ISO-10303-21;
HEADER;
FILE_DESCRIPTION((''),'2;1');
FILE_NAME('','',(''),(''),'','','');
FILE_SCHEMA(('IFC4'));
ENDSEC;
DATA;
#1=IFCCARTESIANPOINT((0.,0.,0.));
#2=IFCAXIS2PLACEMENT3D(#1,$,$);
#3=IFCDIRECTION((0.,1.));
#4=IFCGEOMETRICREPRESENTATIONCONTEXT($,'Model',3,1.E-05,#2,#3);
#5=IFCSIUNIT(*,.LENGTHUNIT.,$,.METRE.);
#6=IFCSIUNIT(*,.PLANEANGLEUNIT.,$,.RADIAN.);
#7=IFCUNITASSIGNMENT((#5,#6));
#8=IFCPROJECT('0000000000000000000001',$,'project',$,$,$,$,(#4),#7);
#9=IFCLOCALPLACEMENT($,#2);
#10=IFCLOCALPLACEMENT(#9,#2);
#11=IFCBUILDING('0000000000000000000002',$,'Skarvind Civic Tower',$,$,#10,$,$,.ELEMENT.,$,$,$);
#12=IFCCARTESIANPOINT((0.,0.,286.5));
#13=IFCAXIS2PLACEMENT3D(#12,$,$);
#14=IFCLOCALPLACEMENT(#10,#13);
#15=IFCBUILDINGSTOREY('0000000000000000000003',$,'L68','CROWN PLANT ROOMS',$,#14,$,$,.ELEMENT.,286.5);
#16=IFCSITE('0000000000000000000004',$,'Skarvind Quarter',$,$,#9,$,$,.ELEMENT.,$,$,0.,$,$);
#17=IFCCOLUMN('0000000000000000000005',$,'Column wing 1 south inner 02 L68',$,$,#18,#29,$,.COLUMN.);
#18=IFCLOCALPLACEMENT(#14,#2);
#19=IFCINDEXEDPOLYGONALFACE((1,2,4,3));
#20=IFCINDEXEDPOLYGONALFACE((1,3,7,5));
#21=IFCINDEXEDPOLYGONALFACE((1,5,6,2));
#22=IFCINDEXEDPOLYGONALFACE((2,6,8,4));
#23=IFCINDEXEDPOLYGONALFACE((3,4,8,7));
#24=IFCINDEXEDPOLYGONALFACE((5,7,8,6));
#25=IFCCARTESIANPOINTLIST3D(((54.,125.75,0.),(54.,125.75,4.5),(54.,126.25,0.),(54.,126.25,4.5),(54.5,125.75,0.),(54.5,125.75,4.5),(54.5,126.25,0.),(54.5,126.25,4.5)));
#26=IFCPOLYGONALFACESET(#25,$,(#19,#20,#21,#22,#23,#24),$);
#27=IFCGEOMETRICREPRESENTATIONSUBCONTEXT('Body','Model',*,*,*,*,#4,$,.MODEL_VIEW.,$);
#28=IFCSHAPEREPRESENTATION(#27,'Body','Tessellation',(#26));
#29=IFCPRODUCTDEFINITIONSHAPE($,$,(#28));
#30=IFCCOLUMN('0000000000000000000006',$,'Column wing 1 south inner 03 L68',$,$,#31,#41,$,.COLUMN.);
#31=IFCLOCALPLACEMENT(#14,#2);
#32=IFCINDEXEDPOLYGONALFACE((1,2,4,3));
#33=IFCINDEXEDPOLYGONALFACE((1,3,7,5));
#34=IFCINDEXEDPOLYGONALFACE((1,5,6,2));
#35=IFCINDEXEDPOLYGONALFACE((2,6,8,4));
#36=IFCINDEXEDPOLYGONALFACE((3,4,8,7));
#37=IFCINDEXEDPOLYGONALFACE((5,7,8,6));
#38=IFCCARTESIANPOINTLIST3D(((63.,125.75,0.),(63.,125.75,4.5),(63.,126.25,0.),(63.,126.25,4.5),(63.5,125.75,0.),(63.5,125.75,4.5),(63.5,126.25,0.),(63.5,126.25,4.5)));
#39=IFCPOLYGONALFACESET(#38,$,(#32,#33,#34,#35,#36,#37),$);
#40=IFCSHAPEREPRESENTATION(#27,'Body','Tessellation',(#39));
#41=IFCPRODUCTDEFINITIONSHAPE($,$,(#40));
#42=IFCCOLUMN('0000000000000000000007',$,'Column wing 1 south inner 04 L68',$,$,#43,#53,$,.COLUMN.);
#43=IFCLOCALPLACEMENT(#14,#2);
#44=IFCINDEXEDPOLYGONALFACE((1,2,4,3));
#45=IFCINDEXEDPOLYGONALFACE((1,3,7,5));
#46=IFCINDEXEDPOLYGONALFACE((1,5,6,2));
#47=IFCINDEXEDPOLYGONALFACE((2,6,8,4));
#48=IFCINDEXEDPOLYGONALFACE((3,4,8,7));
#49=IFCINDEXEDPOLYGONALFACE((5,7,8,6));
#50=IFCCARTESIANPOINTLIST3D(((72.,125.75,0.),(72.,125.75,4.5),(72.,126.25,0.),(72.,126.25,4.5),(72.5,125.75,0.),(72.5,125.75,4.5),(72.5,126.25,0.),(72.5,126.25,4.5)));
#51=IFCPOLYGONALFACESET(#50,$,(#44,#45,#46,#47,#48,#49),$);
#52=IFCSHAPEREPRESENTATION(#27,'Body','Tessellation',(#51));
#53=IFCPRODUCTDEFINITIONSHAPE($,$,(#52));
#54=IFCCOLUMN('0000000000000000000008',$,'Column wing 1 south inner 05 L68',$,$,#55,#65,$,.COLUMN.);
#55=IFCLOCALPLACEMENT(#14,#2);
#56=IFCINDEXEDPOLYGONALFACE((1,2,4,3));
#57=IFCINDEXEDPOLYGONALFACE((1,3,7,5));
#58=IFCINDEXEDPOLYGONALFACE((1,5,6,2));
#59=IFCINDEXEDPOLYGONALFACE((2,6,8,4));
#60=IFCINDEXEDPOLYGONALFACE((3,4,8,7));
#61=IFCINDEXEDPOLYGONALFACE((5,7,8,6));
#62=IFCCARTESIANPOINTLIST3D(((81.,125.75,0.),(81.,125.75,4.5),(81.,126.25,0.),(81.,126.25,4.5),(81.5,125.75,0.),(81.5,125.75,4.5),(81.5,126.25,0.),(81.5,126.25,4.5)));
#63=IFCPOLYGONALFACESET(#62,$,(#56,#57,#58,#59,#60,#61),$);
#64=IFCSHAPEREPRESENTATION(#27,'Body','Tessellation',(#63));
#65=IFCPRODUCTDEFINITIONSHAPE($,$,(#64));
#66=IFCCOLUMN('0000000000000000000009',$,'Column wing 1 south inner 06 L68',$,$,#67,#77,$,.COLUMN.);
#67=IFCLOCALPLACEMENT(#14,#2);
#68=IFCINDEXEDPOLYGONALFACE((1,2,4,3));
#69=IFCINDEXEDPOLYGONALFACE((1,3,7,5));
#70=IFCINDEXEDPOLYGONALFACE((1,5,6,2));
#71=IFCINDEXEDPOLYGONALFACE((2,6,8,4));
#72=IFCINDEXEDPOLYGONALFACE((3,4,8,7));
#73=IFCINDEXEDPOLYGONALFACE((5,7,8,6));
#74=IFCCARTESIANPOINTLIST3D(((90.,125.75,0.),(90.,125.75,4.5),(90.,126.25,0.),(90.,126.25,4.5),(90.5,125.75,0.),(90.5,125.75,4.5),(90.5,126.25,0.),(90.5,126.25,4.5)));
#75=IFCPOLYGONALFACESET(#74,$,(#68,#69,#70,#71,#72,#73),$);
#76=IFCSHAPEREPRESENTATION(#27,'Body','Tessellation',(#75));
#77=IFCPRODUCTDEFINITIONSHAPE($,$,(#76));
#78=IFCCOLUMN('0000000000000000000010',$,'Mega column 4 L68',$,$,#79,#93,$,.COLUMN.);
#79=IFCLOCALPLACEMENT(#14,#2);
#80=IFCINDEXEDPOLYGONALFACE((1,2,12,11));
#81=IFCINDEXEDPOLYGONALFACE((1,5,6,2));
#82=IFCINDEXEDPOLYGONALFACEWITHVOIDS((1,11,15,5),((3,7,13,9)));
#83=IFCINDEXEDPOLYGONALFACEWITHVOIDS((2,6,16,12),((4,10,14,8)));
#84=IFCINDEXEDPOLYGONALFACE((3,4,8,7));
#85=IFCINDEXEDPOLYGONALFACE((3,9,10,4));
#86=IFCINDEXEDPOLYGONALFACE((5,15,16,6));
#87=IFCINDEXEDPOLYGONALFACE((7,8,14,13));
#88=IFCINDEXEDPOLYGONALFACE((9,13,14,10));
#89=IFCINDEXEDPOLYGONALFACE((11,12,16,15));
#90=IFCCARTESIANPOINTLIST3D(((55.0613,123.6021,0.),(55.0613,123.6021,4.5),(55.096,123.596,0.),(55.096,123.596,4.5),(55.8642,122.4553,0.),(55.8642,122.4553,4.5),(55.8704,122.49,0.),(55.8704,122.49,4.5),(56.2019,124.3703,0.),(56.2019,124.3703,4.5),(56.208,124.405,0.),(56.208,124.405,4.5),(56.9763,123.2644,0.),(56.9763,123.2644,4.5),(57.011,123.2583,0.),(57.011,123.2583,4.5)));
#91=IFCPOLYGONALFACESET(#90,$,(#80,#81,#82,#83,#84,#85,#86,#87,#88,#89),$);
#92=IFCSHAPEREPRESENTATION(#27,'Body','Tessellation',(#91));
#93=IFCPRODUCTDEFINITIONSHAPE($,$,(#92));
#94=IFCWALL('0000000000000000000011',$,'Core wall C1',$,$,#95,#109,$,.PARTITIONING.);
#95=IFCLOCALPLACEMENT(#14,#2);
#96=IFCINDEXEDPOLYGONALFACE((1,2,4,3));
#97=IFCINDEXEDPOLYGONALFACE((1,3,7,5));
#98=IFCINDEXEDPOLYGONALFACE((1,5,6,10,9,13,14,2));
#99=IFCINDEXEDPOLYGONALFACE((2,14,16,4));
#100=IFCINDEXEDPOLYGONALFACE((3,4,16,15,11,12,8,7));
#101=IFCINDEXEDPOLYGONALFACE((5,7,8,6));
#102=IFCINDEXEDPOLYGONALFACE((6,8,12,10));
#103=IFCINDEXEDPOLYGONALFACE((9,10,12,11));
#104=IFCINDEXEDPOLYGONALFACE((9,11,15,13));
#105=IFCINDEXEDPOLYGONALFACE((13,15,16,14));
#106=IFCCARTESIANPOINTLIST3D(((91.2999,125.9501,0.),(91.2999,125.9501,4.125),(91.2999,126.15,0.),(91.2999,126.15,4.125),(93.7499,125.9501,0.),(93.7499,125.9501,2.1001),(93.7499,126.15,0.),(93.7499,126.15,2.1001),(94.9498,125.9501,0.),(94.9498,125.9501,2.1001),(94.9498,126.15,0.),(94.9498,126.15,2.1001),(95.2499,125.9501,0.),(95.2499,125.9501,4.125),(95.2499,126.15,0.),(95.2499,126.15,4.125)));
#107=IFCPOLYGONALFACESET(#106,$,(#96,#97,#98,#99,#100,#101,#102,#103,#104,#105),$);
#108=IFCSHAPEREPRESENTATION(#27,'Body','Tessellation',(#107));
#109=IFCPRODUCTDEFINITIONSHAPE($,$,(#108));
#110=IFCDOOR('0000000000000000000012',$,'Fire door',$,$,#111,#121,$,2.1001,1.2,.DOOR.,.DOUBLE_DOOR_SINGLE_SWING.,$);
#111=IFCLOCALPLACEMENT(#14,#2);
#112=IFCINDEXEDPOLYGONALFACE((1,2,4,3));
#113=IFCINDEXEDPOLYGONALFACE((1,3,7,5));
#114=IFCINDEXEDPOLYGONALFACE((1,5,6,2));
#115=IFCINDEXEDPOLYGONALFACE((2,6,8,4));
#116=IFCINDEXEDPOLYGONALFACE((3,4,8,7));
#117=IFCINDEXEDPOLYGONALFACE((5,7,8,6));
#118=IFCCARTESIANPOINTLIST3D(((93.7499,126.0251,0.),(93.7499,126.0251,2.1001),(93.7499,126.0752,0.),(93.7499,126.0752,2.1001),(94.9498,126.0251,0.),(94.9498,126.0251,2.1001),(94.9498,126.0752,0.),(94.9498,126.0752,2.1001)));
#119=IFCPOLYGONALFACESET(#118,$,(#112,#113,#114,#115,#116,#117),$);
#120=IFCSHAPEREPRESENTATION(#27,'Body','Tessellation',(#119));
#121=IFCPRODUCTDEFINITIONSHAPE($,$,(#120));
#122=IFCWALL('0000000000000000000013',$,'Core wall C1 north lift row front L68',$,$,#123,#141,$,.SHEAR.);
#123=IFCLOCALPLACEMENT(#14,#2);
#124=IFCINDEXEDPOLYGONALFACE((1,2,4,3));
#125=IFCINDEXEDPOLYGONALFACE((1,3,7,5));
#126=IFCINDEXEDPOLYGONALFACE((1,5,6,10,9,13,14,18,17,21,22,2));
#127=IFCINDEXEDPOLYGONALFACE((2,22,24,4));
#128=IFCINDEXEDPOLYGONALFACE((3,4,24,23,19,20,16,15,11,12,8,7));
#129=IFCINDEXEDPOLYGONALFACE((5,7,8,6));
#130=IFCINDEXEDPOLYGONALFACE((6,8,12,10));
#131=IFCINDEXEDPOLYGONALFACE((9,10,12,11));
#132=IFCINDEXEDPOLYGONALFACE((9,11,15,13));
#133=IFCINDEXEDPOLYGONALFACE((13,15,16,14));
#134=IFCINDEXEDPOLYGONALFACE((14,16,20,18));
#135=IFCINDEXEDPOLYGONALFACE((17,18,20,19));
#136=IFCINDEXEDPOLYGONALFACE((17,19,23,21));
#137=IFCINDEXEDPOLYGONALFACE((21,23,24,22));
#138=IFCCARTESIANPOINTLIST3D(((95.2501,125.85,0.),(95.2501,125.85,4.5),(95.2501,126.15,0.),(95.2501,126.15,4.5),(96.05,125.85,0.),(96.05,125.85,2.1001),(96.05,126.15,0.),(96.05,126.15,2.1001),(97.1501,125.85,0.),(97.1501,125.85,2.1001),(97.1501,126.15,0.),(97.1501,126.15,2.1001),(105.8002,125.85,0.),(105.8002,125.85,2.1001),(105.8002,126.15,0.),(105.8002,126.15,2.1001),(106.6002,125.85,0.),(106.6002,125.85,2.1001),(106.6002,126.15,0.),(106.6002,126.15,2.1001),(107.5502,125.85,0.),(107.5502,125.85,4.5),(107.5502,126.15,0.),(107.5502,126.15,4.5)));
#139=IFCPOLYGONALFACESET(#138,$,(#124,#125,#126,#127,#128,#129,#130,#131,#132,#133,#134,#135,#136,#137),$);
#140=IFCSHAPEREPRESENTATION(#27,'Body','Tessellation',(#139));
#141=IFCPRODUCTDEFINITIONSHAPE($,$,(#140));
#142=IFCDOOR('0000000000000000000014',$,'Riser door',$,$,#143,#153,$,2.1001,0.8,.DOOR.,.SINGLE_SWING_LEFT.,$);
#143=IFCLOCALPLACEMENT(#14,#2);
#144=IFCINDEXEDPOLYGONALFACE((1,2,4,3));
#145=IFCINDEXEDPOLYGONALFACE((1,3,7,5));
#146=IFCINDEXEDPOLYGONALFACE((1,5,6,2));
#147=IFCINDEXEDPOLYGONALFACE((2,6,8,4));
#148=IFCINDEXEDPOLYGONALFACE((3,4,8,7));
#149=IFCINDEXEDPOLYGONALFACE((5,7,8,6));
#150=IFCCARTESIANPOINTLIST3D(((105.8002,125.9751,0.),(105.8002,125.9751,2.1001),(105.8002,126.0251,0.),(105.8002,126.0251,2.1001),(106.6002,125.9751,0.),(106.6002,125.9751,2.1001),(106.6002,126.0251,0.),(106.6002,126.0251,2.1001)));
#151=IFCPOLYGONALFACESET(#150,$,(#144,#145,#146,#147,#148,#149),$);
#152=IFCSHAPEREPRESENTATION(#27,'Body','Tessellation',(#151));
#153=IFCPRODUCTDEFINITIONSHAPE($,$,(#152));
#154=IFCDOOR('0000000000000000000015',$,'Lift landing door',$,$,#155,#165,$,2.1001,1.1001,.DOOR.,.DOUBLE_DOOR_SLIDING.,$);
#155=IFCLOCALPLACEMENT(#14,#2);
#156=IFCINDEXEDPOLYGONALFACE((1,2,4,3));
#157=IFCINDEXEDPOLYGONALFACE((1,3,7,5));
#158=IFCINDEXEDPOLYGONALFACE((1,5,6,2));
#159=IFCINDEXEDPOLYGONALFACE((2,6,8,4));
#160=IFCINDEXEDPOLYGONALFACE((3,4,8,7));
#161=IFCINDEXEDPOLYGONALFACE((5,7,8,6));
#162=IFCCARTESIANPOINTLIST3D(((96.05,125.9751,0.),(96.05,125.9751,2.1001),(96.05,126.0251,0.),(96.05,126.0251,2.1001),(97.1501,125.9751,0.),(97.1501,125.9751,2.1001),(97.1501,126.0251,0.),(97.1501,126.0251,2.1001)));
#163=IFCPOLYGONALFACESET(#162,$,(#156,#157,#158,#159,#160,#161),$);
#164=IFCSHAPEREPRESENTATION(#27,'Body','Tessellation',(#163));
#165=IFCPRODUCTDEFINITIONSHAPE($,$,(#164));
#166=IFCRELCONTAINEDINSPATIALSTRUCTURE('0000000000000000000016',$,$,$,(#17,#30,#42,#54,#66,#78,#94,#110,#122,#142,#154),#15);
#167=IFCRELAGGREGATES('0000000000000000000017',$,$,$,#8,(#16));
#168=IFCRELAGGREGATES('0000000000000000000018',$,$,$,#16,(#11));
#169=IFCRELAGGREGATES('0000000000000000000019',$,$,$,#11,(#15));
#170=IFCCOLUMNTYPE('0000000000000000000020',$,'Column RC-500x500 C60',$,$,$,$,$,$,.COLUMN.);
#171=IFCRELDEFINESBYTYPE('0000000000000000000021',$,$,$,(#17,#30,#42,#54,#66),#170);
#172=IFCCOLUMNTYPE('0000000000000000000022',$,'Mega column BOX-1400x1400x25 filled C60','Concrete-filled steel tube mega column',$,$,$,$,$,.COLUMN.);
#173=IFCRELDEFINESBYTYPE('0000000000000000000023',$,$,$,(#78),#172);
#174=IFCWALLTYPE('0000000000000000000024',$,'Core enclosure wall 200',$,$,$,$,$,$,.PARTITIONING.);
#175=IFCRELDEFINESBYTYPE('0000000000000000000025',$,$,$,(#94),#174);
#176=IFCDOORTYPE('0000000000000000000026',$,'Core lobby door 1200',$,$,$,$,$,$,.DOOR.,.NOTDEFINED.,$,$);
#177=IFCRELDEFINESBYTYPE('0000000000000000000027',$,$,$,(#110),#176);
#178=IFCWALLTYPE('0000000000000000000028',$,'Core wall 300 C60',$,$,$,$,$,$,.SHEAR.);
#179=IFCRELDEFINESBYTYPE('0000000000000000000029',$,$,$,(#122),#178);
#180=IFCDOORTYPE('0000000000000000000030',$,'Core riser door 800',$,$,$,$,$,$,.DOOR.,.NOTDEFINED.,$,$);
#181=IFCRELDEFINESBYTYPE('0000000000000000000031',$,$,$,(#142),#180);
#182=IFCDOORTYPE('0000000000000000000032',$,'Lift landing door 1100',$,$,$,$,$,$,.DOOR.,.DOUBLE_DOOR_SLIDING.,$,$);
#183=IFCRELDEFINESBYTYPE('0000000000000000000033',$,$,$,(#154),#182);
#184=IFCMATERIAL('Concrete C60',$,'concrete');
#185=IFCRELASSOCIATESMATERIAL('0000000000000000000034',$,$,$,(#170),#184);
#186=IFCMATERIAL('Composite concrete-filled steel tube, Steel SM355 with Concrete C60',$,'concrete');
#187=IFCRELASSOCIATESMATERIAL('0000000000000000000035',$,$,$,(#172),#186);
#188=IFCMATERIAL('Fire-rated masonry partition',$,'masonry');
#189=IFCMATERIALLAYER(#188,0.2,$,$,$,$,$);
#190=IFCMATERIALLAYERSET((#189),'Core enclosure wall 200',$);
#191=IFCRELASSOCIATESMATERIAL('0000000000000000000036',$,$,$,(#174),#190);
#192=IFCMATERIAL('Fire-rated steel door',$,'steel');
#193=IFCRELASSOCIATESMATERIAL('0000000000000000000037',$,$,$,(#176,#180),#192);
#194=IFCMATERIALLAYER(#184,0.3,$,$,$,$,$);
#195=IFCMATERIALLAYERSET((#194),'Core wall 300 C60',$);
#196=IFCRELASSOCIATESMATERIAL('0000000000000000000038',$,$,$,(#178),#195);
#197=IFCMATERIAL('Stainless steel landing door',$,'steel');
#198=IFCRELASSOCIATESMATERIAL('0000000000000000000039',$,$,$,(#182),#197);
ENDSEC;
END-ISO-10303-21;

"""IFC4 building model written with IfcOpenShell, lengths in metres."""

from ifc_helpers import new_model, si_unit, direction, frame, frame_2d, origin, origin_2d, place, context, subcontext, project, spatial, rectangle, hollow_rectangle, extrude, material, layer, layer_set, material_profile, profile_set, type_object, element, fill, save


model = new_model("IFC4")

# Units and contexts
model_context = context("Model", 3, precision=1e-05, world=origin(), true_north=direction((0.0, 1.0)))
body_context = subcontext(model_context, "Body", "Model", "MODEL_VIEW")
ifc_project = project(units=[si_unit("LENGTHUNIT", "METRE"), si_unit("PLANEANGLEUNIT", "RADIAN")], contexts=[model_context])

# Site, building, storey
site_placement = place(None, origin())
site = spatial("IfcSite", under=ifc_project, at=site_placement, Name="Skarvind Quarter", CompositionType="ELEMENT", RefElevation=0.0)
building_placement = place(site_placement, origin())
building = spatial("IfcBuilding", under=site, at=building_placement, Name="Skarvind Civic Tower", CompositionType="ELEMENT")
storey_placement = place(building_placement, frame((0.0, 0.0, 286.5)))
storey = spatial("IfcBuildingStorey", under=building, at=storey_placement, Name="L68", Description="CROWN PLANT ROOMS", CompositionType="ELEMENT", Elevation=286.5)

# Columns
ifc_material_1 = material(Name="Concrete C60", Category="concrete")
ifc_material_profile_1 = material_profile(ifc_material_1, rectangle(XDim=0.5, YDim=0.5, at=origin_2d()), Name="RC-500x500")
ifc_profile_set_1 = profile_set([ifc_material_profile_1], Name="Concrete C60")
column_type_1 = type_object("IfcColumnType", Name="Column RC-500x500 C60", PredefinedType="COLUMN", material=ifc_profile_set_1)
for number, where, z_axis, x_axis, name in (
    (1, (54.25, 126.0, 0.0), (0.0, 0.0, 1.0), (1.0, 0.0, 0.0), "Column wing 1 south inner 02 L68"),
    (2, (63.25, 126.0, 0.0), (0.0, 0.0, 1.0), (1.0, 0.0, 0.0), "Column wing 1 south inner 03 L68"),
    (3, (72.25, 126.0, 0.0), (0.0, 0.0, 1.0), (1.0, 0.0, 0.0), "Column wing 1 south inner 04 L68"),
    (4, (81.25, 126.0, 0.0), (0.0, 0.0, 1.0), (1.0, 0.0, 0.0), "Column wing 1 south inner 05 L68"),
    (5, (90.25, 126.0, 0.0), (0.0, 0.0, 1.0), (1.0, 0.0, 0.0), "Column wing 1 south inner 06 L68"),
):
    element("IfcColumn", number, at=place(storey_placement, frame(where, z_axis=z_axis, x_axis=x_axis)), inside=storey, type_object=column_type_1, Name=name, PredefinedType="COLUMN", context=body_context, shape_type="SweptSolid", body=[
        extrude(rectangle(XDim=0.5, YDim=0.5, at=origin_2d()), origin(), (0.0, 0.0, 1.0), 4.5),
    ])
ifc_material_2 = material(Name="Composite concrete-filled steel tube, Steel SM355 with Concrete C60", Category="concrete")
ifc_material_profile_2 = material_profile(ifc_material_2, hollow_rectangle(XDim=1.3999, YDim=1.3999, WallThickness=0.0249, at=origin_2d()), Name="BOX-1400x1400x25")
ifc_profile_set_2 = profile_set([ifc_material_profile_2], Name="Composite concrete-filled steel tube, Steel SM355 with Concrete C60")
column_type_2 = type_object("IfcColumnType", Name="Mega column BOX-1400x1400x25 filled C60", Description="Concrete-filled steel tube mega column", PredefinedType="COLUMN", material=ifc_profile_set_2)
column_placement = place(storey_placement, frame((56.0361, 123.4302, 0.0), z_axis=(0.0, 0.0, 1.0), x_axis=(0.573576, -0.819152, 0.0)))
element("IfcColumn", 6, at=column_placement, inside=storey, type_object=column_type_2, Name="Mega column 4 L68", PredefinedType="COLUMN", context=body_context, shape_type="SweptSolid", body=[
    extrude(hollow_rectangle(XDim=1.3999, YDim=1.3999, WallThickness=0.0249, at=origin_2d()), origin(), (0.0, 0.0, 1.0), 4.5),
])

# Wall, opening, door
ifc_material_3 = material(Name="Fire-rated masonry partition", Category="masonry")
ifc_layer_1 = layer(ifc_material_3, 0.2)
ifc_layer_set_1 = layer_set([ifc_layer_1], Name="Core enclosure wall 200")
wall_type_1 = type_object("IfcWallType", Name="Core enclosure wall 200", PredefinedType="PARTITIONING", material=ifc_layer_set_1)
wall_1_placement = place(storey_placement, frame((95.25, 126.05, 0.0), z_axis=(0.0, 0.0, 1.0), x_axis=(-1.0, 0.0, 0.0)))
wall_1 = element("IfcWall", 7, at=wall_1_placement, inside=storey, type_object=wall_type_1, Name="Core wall C1", PredefinedType="PARTITIONING", context=body_context, shape_type="SweptSolid", body=[
    extrude(rectangle(XDim=3.95, YDim=0.2, at=frame_2d((1.9751, 0.0))), origin(), (0.0, 0.0, 1.0), 4.125),
])
opening_1_placement = place(wall_1_placement, frame((0.3, 0.0, 0.0)))
opening_1 = element("IfcOpeningElement", 8, at=opening_1_placement, cuts=wall_1, PredefinedType="OPENING", context=body_context, shape_type="SweptSolid", body=[
    extrude(rectangle(XDim=1.2, YDim=2.1001, at=frame_2d((0.6001, 1.05))), frame((0.0, 0.1099, 0.0), z_axis=(0.0, -1.0, 0.0), x_axis=(1.0, 0.0, 0.0)), (0.0, 0.0, 1.0), 0.22),
])
ifc_material_4 = material(Name="Fire-rated steel door", Category="steel")
door_type_1 = type_object("IfcDoorType", Name="Core lobby door 1200", OperationType="NOTDEFINED", PredefinedType="DOOR", material=ifc_material_4)
door_1_placement = place(opening_1_placement, origin())
door_1 = element("IfcDoor", 9, at=door_1_placement, inside=storey, type_object=door_type_1, Name="Fire door", OperationType="DOUBLE_DOOR_SINGLE_SWING", OverallHeight=2.1001, OverallWidth=1.2, PredefinedType="DOOR", context=body_context, shape_type="SweptSolid", body=[
    extrude(rectangle(XDim=1.2, YDim=2.1001, at=frame_2d((0.6001, 1.05))), frame((0.0, 0.0249, 0.0), z_axis=(0.0, -1.0, 0.0), x_axis=(1.0, 0.0, 0.0)), (0.0, 0.0, 1.0), 0.05),
])
fill(opening_1, door_1)

# Wall, openings, doors
ifc_layer_2 = layer(ifc_material_1, 0.3)
ifc_layer_set_2 = layer_set([ifc_layer_2], Name="Core wall 300 C60")
wall_type_2 = type_object("IfcWallType", Name="Core wall 300 C60", PredefinedType="SHEAR", material=ifc_layer_set_2)
wall_2_placement = place(storey_placement, frame((107.55, 126.0, 0.0), z_axis=(0.0, 0.0, 1.0), x_axis=(-1.0, 0.0, 0.0)))
wall_2 = element("IfcWall", 10, at=wall_2_placement, inside=storey, type_object=wall_type_2, Name="Core wall C1 north lift row front L68", PredefinedType="SHEAR", context=body_context, shape_type="SweptSolid", body=[
    extrude(rectangle(XDim=12.3, YDim=0.3, at=frame_2d((6.1499, 0.0))), origin(), (0.0, 0.0, 1.0), 4.5),
])
opening_2_placement = place(wall_2_placement, frame((10.3999, 0.0, 0.0)))
opening_2 = element("IfcOpeningElement", 11, at=opening_2_placement, cuts=wall_2, PredefinedType="OPENING", context=body_context, shape_type="SweptSolid", body=[
    extrude(rectangle(XDim=1.1001, YDim=2.1001, at=frame_2d((0.55, 1.05))), frame((0.0, 0.1599, 0.0), z_axis=(0.0, -1.0, 0.0), x_axis=(1.0, 0.0, 0.0)), (0.0, 0.0, 1.0), 0.3201),
])
opening_3_placement = place(wall_2_placement, frame((0.95, 0.0, 0.0)))
opening_3 = element("IfcOpeningElement", 12, at=opening_3_placement, cuts=wall_2, PredefinedType="OPENING", context=body_context, shape_type="SweptSolid", body=[
    extrude(rectangle(XDim=0.8, YDim=2.1001, at=frame_2d((0.3999, 1.05))), frame((0.0, 0.1599, 0.0), z_axis=(0.0, -1.0, 0.0), x_axis=(1.0, 0.0, 0.0)), (0.0, 0.0, 1.0), 0.3201),
])
door_type_2 = type_object("IfcDoorType", Name="Core riser door 800", OperationType="NOTDEFINED", PredefinedType="DOOR", material=ifc_material_4)
door_2_placement = place(opening_3_placement, origin())
door_2 = element("IfcDoor", 13, at=door_2_placement, inside=storey, type_object=door_type_2, Name="Riser door", OperationType="SINGLE_SWING_LEFT", OverallHeight=2.1001, OverallWidth=0.8, PredefinedType="DOOR", context=body_context, shape_type="SweptSolid", body=[
    extrude(rectangle(XDim=0.8, YDim=2.1001, at=frame_2d((0.3999, 1.05))), frame((0.0, 0.0249, 0.0), z_axis=(0.0, -1.0, 0.0), x_axis=(1.0, 0.0, 0.0)), (0.0, 0.0, 1.0), 0.05),
])
fill(opening_3, door_2)
ifc_material_5 = material(Name="Stainless steel landing door", Category="steel")
door_type_3 = type_object("IfcDoorType", Name="Lift landing door 1100", OperationType="DOUBLE_DOOR_SLIDING", PredefinedType="DOOR", material=ifc_material_5)
door_3_placement = place(opening_2_placement, origin())
door_3 = element("IfcDoor", 14, at=door_3_placement, inside=storey, type_object=door_type_3, Name="Lift landing door", OperationType="DOUBLE_DOOR_SLIDING", OverallHeight=2.1001, OverallWidth=1.1001, PredefinedType="DOOR", context=body_context, shape_type="SweptSolid", body=[
    extrude(rectangle(XDim=1.1001, YDim=2.1001, at=frame_2d((0.55, 1.05))), frame((0.0, 0.0249, 0.0), z_axis=(0.0, -1.0, 0.0), x_axis=(1.0, 0.0, 0.0)), (0.0, 0.0, 1.0), 0.05),
])
fill(opening_2, door_3)

save(model, "model.ifc")
